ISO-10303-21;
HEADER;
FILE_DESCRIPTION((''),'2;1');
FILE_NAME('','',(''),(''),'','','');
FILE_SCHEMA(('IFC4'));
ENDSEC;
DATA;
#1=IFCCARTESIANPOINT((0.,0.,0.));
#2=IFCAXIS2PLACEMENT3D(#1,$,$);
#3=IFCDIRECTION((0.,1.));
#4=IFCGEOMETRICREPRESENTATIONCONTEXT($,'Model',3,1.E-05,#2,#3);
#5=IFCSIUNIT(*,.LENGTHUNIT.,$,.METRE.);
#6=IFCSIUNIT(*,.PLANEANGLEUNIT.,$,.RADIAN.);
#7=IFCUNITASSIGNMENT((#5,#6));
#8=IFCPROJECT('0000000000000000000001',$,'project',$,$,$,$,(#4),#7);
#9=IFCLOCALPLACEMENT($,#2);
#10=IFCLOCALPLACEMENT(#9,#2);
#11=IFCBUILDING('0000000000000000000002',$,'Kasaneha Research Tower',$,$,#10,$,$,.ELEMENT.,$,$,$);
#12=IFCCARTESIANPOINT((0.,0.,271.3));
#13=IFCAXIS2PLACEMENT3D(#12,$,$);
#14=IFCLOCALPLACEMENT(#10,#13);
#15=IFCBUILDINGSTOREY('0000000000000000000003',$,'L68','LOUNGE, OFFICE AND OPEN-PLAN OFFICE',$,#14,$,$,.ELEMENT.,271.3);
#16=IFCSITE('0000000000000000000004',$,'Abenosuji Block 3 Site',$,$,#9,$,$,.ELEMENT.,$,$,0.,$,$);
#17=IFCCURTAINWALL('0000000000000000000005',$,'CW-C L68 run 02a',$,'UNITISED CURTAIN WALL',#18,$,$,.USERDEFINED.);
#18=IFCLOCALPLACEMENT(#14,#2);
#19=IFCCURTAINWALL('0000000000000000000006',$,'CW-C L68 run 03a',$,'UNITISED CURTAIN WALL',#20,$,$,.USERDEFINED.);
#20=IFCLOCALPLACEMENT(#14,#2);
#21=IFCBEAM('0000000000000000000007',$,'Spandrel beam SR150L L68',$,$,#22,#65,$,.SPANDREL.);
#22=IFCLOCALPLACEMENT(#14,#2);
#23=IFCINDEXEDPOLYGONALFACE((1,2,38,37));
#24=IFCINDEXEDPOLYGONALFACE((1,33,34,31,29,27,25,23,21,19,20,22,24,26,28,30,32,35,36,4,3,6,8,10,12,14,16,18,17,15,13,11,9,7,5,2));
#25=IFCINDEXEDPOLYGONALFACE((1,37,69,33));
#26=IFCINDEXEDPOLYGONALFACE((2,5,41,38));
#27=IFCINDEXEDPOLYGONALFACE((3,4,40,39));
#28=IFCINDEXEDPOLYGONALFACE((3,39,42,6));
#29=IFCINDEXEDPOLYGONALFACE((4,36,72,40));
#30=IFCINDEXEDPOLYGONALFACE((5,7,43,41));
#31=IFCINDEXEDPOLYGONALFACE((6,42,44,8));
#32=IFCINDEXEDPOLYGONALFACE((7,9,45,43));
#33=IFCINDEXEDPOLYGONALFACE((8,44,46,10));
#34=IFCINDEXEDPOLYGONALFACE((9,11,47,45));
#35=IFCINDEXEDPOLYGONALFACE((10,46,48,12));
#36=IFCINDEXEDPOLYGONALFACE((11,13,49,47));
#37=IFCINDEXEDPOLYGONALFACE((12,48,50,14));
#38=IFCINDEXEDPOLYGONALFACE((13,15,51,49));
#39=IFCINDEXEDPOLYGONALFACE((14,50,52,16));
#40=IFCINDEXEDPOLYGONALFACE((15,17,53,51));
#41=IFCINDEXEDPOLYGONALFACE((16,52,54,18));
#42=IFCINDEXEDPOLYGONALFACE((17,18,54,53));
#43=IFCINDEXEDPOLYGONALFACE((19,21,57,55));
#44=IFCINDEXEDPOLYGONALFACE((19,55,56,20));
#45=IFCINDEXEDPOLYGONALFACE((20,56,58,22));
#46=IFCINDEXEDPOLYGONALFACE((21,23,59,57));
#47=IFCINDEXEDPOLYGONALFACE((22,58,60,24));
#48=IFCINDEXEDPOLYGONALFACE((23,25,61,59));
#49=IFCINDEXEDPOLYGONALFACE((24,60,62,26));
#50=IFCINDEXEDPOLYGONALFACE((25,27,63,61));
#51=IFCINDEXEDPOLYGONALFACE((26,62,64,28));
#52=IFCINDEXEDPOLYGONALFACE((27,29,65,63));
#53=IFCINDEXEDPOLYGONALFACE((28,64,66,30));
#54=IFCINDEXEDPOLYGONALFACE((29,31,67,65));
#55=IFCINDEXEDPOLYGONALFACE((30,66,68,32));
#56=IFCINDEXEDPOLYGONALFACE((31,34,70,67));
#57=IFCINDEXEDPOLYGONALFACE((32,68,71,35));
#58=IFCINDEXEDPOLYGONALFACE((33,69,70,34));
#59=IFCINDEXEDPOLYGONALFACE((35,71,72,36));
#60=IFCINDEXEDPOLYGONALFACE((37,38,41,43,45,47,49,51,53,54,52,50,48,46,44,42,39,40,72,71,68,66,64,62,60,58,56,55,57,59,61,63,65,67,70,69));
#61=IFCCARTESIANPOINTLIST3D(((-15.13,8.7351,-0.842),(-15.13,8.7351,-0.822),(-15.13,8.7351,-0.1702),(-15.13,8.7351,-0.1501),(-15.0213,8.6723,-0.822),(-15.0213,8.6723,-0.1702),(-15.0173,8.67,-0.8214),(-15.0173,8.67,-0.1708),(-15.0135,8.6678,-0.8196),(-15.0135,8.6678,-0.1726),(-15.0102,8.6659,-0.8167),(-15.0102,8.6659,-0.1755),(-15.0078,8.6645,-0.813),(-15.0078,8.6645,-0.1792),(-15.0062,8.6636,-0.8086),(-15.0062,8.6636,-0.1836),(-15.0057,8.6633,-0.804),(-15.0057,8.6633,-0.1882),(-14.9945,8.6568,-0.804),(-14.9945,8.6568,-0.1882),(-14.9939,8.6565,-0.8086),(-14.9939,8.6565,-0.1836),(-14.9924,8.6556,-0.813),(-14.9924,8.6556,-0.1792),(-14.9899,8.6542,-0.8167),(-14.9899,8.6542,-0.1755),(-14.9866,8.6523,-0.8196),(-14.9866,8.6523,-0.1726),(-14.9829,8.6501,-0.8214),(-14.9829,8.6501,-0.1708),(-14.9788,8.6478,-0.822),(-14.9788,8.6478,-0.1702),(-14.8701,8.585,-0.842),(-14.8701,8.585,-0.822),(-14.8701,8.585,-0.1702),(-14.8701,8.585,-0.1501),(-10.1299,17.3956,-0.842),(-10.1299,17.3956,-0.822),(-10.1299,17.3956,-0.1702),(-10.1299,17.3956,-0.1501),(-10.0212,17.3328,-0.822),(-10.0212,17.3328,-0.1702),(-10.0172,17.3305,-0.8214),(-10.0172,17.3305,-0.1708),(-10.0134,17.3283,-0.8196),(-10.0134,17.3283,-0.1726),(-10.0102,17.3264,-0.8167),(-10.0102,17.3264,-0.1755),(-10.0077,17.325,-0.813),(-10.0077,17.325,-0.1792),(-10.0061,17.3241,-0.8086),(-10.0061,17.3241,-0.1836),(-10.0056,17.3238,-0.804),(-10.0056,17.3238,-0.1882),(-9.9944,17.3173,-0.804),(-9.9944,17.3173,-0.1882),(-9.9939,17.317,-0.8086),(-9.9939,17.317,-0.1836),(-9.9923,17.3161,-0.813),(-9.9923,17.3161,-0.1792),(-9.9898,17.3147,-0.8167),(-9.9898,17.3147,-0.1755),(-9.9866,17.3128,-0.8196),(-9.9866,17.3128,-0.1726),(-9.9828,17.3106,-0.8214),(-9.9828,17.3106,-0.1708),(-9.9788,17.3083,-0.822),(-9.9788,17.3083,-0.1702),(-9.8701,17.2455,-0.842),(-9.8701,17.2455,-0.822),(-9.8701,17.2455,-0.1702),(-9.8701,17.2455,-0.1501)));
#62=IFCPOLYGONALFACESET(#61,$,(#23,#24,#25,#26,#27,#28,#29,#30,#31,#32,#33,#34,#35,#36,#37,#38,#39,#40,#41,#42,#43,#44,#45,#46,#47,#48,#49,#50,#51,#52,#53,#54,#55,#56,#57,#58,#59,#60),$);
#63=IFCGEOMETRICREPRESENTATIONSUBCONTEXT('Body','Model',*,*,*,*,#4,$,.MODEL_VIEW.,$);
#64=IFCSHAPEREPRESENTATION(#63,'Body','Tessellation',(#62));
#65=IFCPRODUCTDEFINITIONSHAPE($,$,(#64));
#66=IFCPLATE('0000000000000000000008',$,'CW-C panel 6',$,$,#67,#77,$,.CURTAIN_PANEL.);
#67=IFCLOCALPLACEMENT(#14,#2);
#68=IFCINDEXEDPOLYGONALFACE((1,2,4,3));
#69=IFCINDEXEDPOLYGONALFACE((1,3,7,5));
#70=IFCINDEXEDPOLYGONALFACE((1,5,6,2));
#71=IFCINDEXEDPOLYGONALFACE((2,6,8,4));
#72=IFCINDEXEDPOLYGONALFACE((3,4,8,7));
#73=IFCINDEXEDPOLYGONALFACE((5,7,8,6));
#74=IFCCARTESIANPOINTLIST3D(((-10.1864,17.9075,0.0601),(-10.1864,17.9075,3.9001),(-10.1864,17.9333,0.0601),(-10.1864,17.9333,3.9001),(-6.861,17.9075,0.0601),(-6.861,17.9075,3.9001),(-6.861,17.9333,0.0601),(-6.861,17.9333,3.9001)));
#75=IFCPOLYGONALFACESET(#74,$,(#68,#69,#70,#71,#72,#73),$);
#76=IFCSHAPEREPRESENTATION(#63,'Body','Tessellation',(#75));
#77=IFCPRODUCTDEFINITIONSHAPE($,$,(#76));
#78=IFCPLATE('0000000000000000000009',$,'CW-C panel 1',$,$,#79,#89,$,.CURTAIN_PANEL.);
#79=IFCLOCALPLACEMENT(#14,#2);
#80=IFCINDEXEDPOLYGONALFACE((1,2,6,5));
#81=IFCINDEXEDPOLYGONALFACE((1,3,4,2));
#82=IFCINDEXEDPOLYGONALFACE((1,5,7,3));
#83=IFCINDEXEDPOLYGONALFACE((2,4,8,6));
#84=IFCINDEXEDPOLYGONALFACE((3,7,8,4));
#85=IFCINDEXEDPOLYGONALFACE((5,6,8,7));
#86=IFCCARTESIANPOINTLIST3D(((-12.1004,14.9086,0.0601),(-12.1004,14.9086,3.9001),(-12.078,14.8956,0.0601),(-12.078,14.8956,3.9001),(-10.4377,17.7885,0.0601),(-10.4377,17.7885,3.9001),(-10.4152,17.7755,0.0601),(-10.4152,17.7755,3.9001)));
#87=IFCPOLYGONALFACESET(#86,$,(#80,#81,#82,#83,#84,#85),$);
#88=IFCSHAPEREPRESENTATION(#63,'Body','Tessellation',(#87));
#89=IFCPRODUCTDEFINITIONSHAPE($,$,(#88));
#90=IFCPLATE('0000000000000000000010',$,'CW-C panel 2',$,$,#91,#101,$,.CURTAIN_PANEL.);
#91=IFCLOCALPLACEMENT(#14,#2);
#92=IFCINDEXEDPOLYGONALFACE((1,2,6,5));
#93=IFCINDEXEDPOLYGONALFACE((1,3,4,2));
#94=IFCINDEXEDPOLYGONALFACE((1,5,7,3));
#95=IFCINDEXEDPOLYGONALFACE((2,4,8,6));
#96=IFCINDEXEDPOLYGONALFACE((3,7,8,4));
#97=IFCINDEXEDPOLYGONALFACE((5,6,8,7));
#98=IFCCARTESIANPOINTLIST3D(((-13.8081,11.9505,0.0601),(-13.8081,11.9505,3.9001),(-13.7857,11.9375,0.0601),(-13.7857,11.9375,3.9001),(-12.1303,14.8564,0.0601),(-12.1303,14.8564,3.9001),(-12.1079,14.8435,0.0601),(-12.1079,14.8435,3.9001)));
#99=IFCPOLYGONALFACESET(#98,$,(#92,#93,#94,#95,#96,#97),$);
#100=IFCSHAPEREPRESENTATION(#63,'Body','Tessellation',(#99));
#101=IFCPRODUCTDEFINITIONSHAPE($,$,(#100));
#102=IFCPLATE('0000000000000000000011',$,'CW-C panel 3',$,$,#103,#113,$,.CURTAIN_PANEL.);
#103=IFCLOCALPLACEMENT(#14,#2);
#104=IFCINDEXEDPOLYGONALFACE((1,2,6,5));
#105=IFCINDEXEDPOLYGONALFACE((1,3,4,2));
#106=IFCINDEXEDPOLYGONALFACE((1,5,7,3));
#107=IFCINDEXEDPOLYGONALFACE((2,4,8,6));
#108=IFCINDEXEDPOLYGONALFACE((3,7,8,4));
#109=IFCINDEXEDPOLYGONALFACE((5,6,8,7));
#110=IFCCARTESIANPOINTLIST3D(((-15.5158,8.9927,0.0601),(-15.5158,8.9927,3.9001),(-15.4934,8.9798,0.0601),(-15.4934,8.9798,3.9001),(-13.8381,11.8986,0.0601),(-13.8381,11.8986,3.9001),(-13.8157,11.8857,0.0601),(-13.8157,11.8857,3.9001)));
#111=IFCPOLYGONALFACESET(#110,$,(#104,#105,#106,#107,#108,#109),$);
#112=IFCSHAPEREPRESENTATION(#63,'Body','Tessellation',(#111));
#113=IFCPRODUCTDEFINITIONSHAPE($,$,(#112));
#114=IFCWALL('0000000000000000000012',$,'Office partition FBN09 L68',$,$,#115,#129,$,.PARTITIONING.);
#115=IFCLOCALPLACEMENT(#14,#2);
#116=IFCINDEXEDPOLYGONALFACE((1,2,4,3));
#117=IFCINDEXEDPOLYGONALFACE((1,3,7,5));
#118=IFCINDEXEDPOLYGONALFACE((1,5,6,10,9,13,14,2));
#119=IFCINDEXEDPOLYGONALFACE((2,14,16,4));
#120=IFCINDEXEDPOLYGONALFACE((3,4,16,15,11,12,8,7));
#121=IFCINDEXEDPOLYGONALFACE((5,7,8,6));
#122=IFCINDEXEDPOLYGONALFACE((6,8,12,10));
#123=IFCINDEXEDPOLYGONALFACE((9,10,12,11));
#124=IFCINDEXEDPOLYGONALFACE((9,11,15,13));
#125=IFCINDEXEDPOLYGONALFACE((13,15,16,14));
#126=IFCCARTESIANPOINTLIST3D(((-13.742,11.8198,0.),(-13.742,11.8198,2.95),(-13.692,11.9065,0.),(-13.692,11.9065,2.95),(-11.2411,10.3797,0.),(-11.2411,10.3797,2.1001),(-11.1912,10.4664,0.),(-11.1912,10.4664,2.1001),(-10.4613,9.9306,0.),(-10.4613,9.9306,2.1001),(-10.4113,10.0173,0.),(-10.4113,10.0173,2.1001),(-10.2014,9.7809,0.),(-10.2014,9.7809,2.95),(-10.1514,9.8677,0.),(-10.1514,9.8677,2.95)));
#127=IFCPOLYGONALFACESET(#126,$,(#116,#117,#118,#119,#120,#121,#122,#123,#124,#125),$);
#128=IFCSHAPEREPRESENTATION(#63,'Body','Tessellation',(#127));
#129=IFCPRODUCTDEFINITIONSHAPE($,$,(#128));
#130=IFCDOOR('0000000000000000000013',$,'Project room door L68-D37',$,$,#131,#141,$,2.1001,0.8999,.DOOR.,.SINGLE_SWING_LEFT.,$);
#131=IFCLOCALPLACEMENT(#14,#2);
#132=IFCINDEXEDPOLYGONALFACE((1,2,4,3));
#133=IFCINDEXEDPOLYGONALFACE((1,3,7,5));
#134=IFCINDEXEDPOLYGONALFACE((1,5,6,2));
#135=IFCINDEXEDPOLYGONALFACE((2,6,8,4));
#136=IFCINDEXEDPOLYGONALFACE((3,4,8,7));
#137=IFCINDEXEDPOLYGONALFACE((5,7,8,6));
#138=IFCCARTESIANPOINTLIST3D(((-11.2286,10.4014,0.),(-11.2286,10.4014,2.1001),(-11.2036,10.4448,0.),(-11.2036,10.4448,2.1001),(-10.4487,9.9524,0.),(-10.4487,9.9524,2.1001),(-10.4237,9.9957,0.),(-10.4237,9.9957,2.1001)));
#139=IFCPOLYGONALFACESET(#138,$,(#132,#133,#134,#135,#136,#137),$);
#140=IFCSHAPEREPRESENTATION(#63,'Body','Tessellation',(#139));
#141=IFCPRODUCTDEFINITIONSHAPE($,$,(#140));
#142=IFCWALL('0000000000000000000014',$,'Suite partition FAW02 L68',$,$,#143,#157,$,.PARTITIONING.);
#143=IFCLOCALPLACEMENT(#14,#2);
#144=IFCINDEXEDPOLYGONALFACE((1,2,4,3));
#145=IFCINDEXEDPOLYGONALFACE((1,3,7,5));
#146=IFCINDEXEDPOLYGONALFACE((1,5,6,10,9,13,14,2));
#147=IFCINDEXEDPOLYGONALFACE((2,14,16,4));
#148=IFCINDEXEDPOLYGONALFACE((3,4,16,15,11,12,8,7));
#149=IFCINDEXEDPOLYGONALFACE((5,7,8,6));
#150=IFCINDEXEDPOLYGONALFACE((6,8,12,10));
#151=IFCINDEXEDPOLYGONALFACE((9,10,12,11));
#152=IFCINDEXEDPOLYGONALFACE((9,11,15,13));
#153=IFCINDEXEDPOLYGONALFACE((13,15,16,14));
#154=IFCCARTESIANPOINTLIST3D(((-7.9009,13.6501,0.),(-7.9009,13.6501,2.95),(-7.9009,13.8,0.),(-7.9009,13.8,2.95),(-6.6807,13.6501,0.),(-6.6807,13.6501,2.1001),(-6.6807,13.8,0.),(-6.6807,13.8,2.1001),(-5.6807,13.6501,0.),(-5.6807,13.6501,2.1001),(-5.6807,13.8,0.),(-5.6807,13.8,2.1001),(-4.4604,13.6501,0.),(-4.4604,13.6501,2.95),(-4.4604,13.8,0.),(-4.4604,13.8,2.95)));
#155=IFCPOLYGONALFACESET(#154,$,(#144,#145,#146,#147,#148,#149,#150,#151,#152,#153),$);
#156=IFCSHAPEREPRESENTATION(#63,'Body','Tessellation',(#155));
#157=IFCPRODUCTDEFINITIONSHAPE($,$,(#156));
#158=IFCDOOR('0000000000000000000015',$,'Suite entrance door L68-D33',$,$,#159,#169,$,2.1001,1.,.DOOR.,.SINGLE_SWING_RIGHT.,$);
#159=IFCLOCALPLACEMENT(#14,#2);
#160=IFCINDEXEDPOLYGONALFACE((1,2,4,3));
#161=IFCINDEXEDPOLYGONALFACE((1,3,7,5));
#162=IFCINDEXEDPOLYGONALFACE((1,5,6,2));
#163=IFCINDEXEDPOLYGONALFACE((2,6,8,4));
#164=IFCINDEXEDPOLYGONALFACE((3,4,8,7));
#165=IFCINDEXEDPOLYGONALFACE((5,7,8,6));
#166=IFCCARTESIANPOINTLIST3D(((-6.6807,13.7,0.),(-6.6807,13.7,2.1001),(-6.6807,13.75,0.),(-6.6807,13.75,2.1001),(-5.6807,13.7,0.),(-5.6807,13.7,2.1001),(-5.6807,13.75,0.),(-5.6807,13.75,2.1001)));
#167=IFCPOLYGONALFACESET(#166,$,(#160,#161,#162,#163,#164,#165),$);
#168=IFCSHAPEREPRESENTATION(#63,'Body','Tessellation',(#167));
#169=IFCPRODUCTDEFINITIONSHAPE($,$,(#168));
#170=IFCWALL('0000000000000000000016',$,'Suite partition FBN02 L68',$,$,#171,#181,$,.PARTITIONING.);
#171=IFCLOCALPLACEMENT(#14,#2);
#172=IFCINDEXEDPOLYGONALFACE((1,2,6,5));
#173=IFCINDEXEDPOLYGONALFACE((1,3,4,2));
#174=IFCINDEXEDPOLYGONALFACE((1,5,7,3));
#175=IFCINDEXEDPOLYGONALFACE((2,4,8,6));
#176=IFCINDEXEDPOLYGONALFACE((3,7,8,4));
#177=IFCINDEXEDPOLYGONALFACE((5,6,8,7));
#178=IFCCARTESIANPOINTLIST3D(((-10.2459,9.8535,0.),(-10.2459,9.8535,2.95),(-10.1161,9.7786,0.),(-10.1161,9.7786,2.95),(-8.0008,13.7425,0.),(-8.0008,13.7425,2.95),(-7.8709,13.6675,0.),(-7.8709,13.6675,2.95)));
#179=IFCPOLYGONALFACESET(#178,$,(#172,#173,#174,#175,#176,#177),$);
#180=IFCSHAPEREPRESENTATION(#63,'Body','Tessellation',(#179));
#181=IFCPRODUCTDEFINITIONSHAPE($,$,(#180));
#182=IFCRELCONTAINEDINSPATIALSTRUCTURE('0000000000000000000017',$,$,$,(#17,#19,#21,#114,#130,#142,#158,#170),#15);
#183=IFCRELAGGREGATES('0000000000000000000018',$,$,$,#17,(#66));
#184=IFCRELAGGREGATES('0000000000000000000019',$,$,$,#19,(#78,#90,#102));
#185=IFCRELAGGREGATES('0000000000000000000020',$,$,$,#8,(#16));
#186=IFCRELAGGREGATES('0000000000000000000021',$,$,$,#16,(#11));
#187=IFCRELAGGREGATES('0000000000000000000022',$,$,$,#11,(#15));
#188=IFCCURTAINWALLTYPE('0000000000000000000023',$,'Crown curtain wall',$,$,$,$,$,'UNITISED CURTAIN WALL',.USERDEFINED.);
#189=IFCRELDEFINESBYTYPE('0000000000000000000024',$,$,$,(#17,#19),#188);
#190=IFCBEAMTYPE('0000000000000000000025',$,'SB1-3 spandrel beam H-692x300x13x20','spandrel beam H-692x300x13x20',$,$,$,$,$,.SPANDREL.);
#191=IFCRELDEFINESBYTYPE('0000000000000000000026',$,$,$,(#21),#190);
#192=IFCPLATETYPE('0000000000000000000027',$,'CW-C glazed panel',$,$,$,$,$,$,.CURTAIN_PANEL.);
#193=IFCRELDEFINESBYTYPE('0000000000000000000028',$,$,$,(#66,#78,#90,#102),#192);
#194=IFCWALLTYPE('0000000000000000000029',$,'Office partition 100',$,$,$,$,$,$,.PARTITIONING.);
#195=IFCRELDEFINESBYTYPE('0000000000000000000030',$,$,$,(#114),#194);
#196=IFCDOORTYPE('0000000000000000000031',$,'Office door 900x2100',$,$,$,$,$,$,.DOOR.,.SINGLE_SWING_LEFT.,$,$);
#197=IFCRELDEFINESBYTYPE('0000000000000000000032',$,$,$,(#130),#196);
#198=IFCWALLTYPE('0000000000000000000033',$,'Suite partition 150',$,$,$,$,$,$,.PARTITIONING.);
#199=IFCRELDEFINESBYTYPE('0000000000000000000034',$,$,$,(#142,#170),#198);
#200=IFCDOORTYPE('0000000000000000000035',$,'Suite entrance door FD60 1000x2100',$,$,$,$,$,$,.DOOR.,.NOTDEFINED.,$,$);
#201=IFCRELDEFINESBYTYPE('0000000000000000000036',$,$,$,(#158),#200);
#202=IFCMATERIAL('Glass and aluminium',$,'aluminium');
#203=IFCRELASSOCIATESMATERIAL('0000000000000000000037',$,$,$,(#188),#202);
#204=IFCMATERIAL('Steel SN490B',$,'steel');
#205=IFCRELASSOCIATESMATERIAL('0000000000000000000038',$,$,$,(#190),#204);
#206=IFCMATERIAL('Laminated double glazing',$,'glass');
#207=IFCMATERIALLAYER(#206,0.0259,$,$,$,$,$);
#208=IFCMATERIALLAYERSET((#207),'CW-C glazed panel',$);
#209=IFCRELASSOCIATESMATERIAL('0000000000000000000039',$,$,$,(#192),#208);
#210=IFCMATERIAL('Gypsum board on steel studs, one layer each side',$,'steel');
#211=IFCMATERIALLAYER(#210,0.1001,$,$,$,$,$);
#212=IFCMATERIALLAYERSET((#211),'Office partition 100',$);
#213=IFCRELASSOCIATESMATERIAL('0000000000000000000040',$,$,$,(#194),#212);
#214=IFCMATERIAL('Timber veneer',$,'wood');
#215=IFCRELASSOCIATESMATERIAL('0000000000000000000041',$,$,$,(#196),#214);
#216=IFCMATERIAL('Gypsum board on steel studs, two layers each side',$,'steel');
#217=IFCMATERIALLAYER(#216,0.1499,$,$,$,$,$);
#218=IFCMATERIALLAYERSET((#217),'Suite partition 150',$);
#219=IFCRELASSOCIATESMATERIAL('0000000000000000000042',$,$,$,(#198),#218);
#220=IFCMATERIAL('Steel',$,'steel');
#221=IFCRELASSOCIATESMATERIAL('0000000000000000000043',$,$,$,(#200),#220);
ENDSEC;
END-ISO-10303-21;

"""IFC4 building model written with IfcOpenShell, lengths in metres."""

from ifc_helpers import new_model, si_unit, direction, frame, frame_2d, origin, origin_2d, place, context, subcontext, project, spatial, rectangle, i_section, extrude, material, layer, layer_set, material_profile, profile_set, type_object, element, fill, aggregate, save


model = new_model("IFC4")

# Units and contexts
model_context = context("Model", 3, precision=1e-05, world=origin(), true_north=direction((0.0, 1.0)))
body_context = subcontext(model_context, "Body", "Model", "MODEL_VIEW")
ifc_project = project(units=[si_unit("LENGTHUNIT", "METRE"), si_unit("PLANEANGLEUNIT", "RADIAN")], contexts=[model_context])

# Site, building, storey
site_placement = place(None, origin())
site = spatial("IfcSite", under=ifc_project, at=site_placement, Name="Abenosuji Block 3 Site", CompositionType="ELEMENT", RefElevation=0.0)
building_placement = place(site_placement, origin())
building = spatial("IfcBuilding", under=site, at=building_placement, Name="Kasaneha Research Tower", CompositionType="ELEMENT")
storey_placement = place(building_placement, frame((0.0, 0.0, 271.3)))
storey = spatial("IfcBuildingStorey", under=building, at=storey_placement, Name="L68", Description="LOUNGE, OFFICE AND OPEN-PLAN OFFICE", CompositionType="ELEMENT", Elevation=271.3)

# Curtain wall
ifc_material_1 = material(Name="Glass and aluminium", Category="aluminium")
curtain_wall_type = type_object("IfcCurtainWallType", Name="Crown curtain wall", ElementType="UNITISED CURTAIN WALL", PredefinedType="USERDEFINED", material=ifc_material_1)
curtain_wall_1_placement = place(storey_placement, origin())
curtain_wall_1 = element("IfcCurtainWall", 1, at=curtain_wall_1_placement, inside=storey, type_object=curtain_wall_type, Name="CW-C L68 run 02a", ObjectType="UNITISED CURTAIN WALL", PredefinedType="USERDEFINED")

# Curtain wall
curtain_wall_2_placement = place(storey_placement, origin())
curtain_wall_2 = element("IfcCurtainWall", 2, at=curtain_wall_2_placement, inside=storey, type_object=curtain_wall_type, Name="CW-C L68 run 03a", ObjectType="UNITISED CURTAIN WALL", PredefinedType="USERDEFINED")

# Beam
ifc_material_2 = material(Name="Steel SN490B", Category="steel")
ifc_material_profile_1 = material_profile(ifc_material_2, i_section(OverallWidth=0.3, OverallDepth=0.6919, WebThickness=0.0129, FlangeThickness=0.02, FilletRadius=0.0181, at=origin_2d()), Name="H-692x300x13x20")
ifc_profile_set_1 = profile_set([ifc_material_profile_1], Name="Steel SN490B")
beam_type_1 = type_object("IfcBeamType", Name="SB1-3 spandrel beam H-692x300x13x20", Description="spandrel beam H-692x300x13x20", PredefinedType="SPANDREL", material=ifc_profile_set_1)
beam_1_placement = place(storey_placement, frame((-10.0, 17.3206, -0.4961), z_axis=(-0.499994, -0.866029, 0.0), x_axis=(0.866029, -0.499994, 0.0)))
element("IfcBeam", 3, at=beam_1_placement, inside=storey, type_object=beam_type_1, Name="Spandrel beam SR150L L68", PredefinedType="SPANDREL", context=body_context, shape_type="SweptSolid", body=[
    extrude(i_section(OverallWidth=0.3, OverallDepth=0.6919, WebThickness=0.0129, FlangeThickness=0.02, FilletRadius=0.0181, at=origin_2d()), origin(), (0.0, 0.0, 1.0), 10.0002),
])

# Plates
ifc_material_3 = material(Name="Laminated double glazing", Category="glass")
ifc_layer_1 = layer(ifc_material_3, 0.0259)
ifc_layer_set_1 = layer_set([ifc_layer_1], Name="CW-C glazed panel")
plate_type = type_object("IfcPlateType", Name="CW-C glazed panel", PredefinedType="CURTAIN_PANEL", material=ifc_layer_set_1)
plate_1_placement = place(storey_placement, frame((-8.5237, 17.9204, 0.0601), z_axis=(0.0, 0.0, 1.0), x_axis=(-1.0, 0.0, 0.0)))
plate_1 = element("IfcPlate", 4, at=plate_1_placement, type_object=plate_type, Name="CW-C panel 6", PredefinedType="CURTAIN_PANEL", context=body_context, shape_type="SweptSolid", body=[
    extrude(rectangle(XDim=3.3254, YDim=0.0259, at=origin_2d()), origin(), (0.0, 0.0, 1.0), 3.8401),
])
aggregate(curtain_wall_1, [plate_1])
plate_2_placement = place(storey_placement, frame((-11.2578, 16.342, 0.0601), z_axis=(0.0, 0.0, 1.0), x_axis=(-0.5, -0.866025, 0.0)))
plate_2 = element("IfcPlate", 5, at=plate_2_placement, type_object=plate_type, Name="CW-C panel 1", PredefinedType="CURTAIN_PANEL", context=body_context, shape_type="SweptSolid", body=[
    extrude(rectangle(XDim=3.3254, YDim=0.0259, at=origin_2d()), origin(), (0.0, 0.0, 1.0), 3.8401),
])
plate_3_placement = place(storey_placement, frame((-12.958, 13.397, 0.0601), z_axis=(0.0, 0.0, 1.0), x_axis=(-0.5, -0.866025, 0.0)))
plate_3 = element("IfcPlate", 6, at=plate_3_placement, type_object=plate_type, Name="CW-C panel 2", PredefinedType="CURTAIN_PANEL", context=body_context, shape_type="SweptSolid", body=[
    extrude(rectangle(XDim=3.3555, YDim=0.0259, at=origin_2d()), origin(), (0.0, 0.0, 1.0), 3.8401),
])
plate_4_placement = place(storey_placement, frame((-14.6658, 10.4392, 0.0601), z_axis=(0.0, 0.0, 1.0), x_axis=(-0.5, -0.866025, 0.0)))
plate_4 = element("IfcPlate", 7, at=plate_4_placement, type_object=plate_type, Name="CW-C panel 3", PredefinedType="CURTAIN_PANEL", context=body_context, shape_type="SweptSolid", body=[
    extrude(rectangle(XDim=3.3555, YDim=0.0259, at=origin_2d()), origin(), (0.0, 0.0, 1.0), 3.8401),
])
aggregate(curtain_wall_2, [plate_2, plate_3, plate_4])

# Walls, openings, doors
ifc_material_4 = material(Name="Gypsum board on steel studs, one layer each side", Category="steel")
ifc_layer_2 = layer(ifc_material_4, 0.1001)
ifc_layer_set_2 = layer_set([ifc_layer_2], Name="Office partition 100")
wall_type_1 = type_object("IfcWallType", Name="Office partition 100", PredefinedType="PARTITIONING", material=ifc_layer_set_2)
wall_1_placement = place(storey_placement, frame((-10.1763, 9.8242, 0.0), z_axis=(0.0, 0.0, 1.0), x_axis=(-0.866587, 0.499026, 0.0)))
wall_1 = element("IfcWall", 8, at=wall_1_placement, inside=storey, type_object=wall_type_1, Name="Office partition FBN09 L68", PredefinedType="PARTITIONING", context=body_context, shape_type="SweptSolid", body=[
    extrude(rectangle(XDim=4.0857, YDim=0.1001, at=frame_2d((2.043, 0.0))), origin(), (0.0, 0.0, 1.0), 2.95),
])
opening_1_placement = place(wall_1_placement, frame((0.3, 0.0, 0.0)))
opening_1 = element("IfcOpeningElement", 9, at=opening_1_placement, cuts=wall_1, PredefinedType="OPENING", context=body_context, shape_type="SweptSolid", body=[
    extrude(rectangle(XDim=0.8999, YDim=2.1001, at=frame_2d((0.45, 1.05))), frame((0.0, 0.0601, 0.0), z_axis=(0.0, -1.0, 0.0), x_axis=(1.0, 0.0, 0.0)), (0.0, 0.0, 1.0), 0.1201),
])
ifc_material_5 = material(Name="Timber veneer", Category="wood")
door_type_1 = type_object("IfcDoorType", Name="Office door 900x2100", OperationType="SINGLE_SWING_LEFT", PredefinedType="DOOR", material=ifc_material_5)
door_1_placement = place(opening_1_placement, origin())
door_1 = element("IfcDoor", 10, at=door_1_placement, inside=storey, type_object=door_type_1, Name="Project room door L68-D37", OperationType="SINGLE_SWING_LEFT", OverallHeight=2.1001, OverallWidth=0.8999, PredefinedType="DOOR", context=body_context, shape_type="SweptSolid", body=[
    extrude(rectangle(XDim=0.8999, YDim=2.1001, at=frame_2d((0.45, 1.05))), frame((0.0, 0.0249, 0.0), z_axis=(0.0, -1.0, 0.0), x_axis=(1.0, 0.0, 0.0)), (0.0, 0.0, 1.0), 0.05),
])
fill(opening_1, door_1)
ifc_material_6 = material(Name="Gypsum board on steel studs, two layers each side", Category="steel")
ifc_layer_3 = layer(ifc_material_6, 0.1499)
ifc_layer_set_3 = layer_set([ifc_layer_3], Name="Suite partition 150")
wall_type_2 = type_object("IfcWallType", Name="Suite partition 150", PredefinedType="PARTITIONING", material=ifc_layer_set_3)
wall_2_placement = place(storey_placement, frame((-7.9009, 13.7251, 0.0), z_axis=(0.0, 0.0, 1.0), x_axis=(1.0, 0.0, 0.0)))
wall_2 = element("IfcWall", 11, at=wall_2_placement, inside=storey, type_object=wall_type_2, Name="Suite partition FAW02 L68", PredefinedType="PARTITIONING", context=body_context, shape_type="SweptSolid", body=[
    extrude(rectangle(XDim=3.4404, YDim=0.1499, at=frame_2d((1.7202, 0.0))), origin(), (0.0, 0.0, 1.0), 2.95),
])
opening_2_placement = place(wall_2_placement, frame((1.2202, 0.0, 0.0)))
opening_2 = element("IfcOpeningElement", 12, at=opening_2_placement, cuts=wall_2, PredefinedType="OPENING", context=body_context, shape_type="SweptSolid", body=[
    extrude(rectangle(XDim=1.0, YDim=2.1001, at=frame_2d((0.5, 1.05))), frame((0.0, 0.085, 0.0), z_axis=(0.0, -1.0, 0.0), x_axis=(1.0, 0.0, 0.0)), (0.0, 0.0, 1.0), 0.1699),
])
ifc_material_7 = material(Name="Steel", Category="steel")
door_type_2 = type_object("IfcDoorType", Name="Suite entrance door FD60 1000x2100", OperationType="NOTDEFINED", PredefinedType="DOOR", material=ifc_material_7)
door_2_placement = place(opening_2_placement, origin())
door_2 = element("IfcDoor", 13, at=door_2_placement, inside=storey, type_object=door_type_2, Name="Suite entrance door L68-D33", OperationType="SINGLE_SWING_RIGHT", OverallHeight=2.1001, OverallWidth=1.0, PredefinedType="DOOR", context=body_context, shape_type="SweptSolid", body=[
    extrude(rectangle(XDim=1.0, YDim=2.1001, at=frame_2d((0.5, 1.05))), frame((0.0, 0.0249, 0.0), z_axis=(0.0, -1.0, 0.0), x_axis=(1.0, 0.0, 0.0)), (0.0, 0.0, 1.0), 0.05),
])
fill(opening_2, door_2)

# Wall
wall_3_placement = place(storey_placement, frame((-10.1809, 9.8162, 0.0), z_axis=(0.0, 0.0, 1.0), x_axis=(0.499975, 0.86604, 0.0)))
element("IfcWall", 14, at=wall_3_placement, inside=storey, type_object=wall_type_2, Name="Suite partition FBN02 L68", PredefinedType="PARTITIONING", context=body_context, shape_type="SweptSolid", body=[
    extrude(rectangle(XDim=4.4905, YDim=0.1499, at=frame_2d((2.2451, 0.0))), origin(), (0.0, 0.0, 1.0), 2.95),
])

save(model, "model.ifc")
